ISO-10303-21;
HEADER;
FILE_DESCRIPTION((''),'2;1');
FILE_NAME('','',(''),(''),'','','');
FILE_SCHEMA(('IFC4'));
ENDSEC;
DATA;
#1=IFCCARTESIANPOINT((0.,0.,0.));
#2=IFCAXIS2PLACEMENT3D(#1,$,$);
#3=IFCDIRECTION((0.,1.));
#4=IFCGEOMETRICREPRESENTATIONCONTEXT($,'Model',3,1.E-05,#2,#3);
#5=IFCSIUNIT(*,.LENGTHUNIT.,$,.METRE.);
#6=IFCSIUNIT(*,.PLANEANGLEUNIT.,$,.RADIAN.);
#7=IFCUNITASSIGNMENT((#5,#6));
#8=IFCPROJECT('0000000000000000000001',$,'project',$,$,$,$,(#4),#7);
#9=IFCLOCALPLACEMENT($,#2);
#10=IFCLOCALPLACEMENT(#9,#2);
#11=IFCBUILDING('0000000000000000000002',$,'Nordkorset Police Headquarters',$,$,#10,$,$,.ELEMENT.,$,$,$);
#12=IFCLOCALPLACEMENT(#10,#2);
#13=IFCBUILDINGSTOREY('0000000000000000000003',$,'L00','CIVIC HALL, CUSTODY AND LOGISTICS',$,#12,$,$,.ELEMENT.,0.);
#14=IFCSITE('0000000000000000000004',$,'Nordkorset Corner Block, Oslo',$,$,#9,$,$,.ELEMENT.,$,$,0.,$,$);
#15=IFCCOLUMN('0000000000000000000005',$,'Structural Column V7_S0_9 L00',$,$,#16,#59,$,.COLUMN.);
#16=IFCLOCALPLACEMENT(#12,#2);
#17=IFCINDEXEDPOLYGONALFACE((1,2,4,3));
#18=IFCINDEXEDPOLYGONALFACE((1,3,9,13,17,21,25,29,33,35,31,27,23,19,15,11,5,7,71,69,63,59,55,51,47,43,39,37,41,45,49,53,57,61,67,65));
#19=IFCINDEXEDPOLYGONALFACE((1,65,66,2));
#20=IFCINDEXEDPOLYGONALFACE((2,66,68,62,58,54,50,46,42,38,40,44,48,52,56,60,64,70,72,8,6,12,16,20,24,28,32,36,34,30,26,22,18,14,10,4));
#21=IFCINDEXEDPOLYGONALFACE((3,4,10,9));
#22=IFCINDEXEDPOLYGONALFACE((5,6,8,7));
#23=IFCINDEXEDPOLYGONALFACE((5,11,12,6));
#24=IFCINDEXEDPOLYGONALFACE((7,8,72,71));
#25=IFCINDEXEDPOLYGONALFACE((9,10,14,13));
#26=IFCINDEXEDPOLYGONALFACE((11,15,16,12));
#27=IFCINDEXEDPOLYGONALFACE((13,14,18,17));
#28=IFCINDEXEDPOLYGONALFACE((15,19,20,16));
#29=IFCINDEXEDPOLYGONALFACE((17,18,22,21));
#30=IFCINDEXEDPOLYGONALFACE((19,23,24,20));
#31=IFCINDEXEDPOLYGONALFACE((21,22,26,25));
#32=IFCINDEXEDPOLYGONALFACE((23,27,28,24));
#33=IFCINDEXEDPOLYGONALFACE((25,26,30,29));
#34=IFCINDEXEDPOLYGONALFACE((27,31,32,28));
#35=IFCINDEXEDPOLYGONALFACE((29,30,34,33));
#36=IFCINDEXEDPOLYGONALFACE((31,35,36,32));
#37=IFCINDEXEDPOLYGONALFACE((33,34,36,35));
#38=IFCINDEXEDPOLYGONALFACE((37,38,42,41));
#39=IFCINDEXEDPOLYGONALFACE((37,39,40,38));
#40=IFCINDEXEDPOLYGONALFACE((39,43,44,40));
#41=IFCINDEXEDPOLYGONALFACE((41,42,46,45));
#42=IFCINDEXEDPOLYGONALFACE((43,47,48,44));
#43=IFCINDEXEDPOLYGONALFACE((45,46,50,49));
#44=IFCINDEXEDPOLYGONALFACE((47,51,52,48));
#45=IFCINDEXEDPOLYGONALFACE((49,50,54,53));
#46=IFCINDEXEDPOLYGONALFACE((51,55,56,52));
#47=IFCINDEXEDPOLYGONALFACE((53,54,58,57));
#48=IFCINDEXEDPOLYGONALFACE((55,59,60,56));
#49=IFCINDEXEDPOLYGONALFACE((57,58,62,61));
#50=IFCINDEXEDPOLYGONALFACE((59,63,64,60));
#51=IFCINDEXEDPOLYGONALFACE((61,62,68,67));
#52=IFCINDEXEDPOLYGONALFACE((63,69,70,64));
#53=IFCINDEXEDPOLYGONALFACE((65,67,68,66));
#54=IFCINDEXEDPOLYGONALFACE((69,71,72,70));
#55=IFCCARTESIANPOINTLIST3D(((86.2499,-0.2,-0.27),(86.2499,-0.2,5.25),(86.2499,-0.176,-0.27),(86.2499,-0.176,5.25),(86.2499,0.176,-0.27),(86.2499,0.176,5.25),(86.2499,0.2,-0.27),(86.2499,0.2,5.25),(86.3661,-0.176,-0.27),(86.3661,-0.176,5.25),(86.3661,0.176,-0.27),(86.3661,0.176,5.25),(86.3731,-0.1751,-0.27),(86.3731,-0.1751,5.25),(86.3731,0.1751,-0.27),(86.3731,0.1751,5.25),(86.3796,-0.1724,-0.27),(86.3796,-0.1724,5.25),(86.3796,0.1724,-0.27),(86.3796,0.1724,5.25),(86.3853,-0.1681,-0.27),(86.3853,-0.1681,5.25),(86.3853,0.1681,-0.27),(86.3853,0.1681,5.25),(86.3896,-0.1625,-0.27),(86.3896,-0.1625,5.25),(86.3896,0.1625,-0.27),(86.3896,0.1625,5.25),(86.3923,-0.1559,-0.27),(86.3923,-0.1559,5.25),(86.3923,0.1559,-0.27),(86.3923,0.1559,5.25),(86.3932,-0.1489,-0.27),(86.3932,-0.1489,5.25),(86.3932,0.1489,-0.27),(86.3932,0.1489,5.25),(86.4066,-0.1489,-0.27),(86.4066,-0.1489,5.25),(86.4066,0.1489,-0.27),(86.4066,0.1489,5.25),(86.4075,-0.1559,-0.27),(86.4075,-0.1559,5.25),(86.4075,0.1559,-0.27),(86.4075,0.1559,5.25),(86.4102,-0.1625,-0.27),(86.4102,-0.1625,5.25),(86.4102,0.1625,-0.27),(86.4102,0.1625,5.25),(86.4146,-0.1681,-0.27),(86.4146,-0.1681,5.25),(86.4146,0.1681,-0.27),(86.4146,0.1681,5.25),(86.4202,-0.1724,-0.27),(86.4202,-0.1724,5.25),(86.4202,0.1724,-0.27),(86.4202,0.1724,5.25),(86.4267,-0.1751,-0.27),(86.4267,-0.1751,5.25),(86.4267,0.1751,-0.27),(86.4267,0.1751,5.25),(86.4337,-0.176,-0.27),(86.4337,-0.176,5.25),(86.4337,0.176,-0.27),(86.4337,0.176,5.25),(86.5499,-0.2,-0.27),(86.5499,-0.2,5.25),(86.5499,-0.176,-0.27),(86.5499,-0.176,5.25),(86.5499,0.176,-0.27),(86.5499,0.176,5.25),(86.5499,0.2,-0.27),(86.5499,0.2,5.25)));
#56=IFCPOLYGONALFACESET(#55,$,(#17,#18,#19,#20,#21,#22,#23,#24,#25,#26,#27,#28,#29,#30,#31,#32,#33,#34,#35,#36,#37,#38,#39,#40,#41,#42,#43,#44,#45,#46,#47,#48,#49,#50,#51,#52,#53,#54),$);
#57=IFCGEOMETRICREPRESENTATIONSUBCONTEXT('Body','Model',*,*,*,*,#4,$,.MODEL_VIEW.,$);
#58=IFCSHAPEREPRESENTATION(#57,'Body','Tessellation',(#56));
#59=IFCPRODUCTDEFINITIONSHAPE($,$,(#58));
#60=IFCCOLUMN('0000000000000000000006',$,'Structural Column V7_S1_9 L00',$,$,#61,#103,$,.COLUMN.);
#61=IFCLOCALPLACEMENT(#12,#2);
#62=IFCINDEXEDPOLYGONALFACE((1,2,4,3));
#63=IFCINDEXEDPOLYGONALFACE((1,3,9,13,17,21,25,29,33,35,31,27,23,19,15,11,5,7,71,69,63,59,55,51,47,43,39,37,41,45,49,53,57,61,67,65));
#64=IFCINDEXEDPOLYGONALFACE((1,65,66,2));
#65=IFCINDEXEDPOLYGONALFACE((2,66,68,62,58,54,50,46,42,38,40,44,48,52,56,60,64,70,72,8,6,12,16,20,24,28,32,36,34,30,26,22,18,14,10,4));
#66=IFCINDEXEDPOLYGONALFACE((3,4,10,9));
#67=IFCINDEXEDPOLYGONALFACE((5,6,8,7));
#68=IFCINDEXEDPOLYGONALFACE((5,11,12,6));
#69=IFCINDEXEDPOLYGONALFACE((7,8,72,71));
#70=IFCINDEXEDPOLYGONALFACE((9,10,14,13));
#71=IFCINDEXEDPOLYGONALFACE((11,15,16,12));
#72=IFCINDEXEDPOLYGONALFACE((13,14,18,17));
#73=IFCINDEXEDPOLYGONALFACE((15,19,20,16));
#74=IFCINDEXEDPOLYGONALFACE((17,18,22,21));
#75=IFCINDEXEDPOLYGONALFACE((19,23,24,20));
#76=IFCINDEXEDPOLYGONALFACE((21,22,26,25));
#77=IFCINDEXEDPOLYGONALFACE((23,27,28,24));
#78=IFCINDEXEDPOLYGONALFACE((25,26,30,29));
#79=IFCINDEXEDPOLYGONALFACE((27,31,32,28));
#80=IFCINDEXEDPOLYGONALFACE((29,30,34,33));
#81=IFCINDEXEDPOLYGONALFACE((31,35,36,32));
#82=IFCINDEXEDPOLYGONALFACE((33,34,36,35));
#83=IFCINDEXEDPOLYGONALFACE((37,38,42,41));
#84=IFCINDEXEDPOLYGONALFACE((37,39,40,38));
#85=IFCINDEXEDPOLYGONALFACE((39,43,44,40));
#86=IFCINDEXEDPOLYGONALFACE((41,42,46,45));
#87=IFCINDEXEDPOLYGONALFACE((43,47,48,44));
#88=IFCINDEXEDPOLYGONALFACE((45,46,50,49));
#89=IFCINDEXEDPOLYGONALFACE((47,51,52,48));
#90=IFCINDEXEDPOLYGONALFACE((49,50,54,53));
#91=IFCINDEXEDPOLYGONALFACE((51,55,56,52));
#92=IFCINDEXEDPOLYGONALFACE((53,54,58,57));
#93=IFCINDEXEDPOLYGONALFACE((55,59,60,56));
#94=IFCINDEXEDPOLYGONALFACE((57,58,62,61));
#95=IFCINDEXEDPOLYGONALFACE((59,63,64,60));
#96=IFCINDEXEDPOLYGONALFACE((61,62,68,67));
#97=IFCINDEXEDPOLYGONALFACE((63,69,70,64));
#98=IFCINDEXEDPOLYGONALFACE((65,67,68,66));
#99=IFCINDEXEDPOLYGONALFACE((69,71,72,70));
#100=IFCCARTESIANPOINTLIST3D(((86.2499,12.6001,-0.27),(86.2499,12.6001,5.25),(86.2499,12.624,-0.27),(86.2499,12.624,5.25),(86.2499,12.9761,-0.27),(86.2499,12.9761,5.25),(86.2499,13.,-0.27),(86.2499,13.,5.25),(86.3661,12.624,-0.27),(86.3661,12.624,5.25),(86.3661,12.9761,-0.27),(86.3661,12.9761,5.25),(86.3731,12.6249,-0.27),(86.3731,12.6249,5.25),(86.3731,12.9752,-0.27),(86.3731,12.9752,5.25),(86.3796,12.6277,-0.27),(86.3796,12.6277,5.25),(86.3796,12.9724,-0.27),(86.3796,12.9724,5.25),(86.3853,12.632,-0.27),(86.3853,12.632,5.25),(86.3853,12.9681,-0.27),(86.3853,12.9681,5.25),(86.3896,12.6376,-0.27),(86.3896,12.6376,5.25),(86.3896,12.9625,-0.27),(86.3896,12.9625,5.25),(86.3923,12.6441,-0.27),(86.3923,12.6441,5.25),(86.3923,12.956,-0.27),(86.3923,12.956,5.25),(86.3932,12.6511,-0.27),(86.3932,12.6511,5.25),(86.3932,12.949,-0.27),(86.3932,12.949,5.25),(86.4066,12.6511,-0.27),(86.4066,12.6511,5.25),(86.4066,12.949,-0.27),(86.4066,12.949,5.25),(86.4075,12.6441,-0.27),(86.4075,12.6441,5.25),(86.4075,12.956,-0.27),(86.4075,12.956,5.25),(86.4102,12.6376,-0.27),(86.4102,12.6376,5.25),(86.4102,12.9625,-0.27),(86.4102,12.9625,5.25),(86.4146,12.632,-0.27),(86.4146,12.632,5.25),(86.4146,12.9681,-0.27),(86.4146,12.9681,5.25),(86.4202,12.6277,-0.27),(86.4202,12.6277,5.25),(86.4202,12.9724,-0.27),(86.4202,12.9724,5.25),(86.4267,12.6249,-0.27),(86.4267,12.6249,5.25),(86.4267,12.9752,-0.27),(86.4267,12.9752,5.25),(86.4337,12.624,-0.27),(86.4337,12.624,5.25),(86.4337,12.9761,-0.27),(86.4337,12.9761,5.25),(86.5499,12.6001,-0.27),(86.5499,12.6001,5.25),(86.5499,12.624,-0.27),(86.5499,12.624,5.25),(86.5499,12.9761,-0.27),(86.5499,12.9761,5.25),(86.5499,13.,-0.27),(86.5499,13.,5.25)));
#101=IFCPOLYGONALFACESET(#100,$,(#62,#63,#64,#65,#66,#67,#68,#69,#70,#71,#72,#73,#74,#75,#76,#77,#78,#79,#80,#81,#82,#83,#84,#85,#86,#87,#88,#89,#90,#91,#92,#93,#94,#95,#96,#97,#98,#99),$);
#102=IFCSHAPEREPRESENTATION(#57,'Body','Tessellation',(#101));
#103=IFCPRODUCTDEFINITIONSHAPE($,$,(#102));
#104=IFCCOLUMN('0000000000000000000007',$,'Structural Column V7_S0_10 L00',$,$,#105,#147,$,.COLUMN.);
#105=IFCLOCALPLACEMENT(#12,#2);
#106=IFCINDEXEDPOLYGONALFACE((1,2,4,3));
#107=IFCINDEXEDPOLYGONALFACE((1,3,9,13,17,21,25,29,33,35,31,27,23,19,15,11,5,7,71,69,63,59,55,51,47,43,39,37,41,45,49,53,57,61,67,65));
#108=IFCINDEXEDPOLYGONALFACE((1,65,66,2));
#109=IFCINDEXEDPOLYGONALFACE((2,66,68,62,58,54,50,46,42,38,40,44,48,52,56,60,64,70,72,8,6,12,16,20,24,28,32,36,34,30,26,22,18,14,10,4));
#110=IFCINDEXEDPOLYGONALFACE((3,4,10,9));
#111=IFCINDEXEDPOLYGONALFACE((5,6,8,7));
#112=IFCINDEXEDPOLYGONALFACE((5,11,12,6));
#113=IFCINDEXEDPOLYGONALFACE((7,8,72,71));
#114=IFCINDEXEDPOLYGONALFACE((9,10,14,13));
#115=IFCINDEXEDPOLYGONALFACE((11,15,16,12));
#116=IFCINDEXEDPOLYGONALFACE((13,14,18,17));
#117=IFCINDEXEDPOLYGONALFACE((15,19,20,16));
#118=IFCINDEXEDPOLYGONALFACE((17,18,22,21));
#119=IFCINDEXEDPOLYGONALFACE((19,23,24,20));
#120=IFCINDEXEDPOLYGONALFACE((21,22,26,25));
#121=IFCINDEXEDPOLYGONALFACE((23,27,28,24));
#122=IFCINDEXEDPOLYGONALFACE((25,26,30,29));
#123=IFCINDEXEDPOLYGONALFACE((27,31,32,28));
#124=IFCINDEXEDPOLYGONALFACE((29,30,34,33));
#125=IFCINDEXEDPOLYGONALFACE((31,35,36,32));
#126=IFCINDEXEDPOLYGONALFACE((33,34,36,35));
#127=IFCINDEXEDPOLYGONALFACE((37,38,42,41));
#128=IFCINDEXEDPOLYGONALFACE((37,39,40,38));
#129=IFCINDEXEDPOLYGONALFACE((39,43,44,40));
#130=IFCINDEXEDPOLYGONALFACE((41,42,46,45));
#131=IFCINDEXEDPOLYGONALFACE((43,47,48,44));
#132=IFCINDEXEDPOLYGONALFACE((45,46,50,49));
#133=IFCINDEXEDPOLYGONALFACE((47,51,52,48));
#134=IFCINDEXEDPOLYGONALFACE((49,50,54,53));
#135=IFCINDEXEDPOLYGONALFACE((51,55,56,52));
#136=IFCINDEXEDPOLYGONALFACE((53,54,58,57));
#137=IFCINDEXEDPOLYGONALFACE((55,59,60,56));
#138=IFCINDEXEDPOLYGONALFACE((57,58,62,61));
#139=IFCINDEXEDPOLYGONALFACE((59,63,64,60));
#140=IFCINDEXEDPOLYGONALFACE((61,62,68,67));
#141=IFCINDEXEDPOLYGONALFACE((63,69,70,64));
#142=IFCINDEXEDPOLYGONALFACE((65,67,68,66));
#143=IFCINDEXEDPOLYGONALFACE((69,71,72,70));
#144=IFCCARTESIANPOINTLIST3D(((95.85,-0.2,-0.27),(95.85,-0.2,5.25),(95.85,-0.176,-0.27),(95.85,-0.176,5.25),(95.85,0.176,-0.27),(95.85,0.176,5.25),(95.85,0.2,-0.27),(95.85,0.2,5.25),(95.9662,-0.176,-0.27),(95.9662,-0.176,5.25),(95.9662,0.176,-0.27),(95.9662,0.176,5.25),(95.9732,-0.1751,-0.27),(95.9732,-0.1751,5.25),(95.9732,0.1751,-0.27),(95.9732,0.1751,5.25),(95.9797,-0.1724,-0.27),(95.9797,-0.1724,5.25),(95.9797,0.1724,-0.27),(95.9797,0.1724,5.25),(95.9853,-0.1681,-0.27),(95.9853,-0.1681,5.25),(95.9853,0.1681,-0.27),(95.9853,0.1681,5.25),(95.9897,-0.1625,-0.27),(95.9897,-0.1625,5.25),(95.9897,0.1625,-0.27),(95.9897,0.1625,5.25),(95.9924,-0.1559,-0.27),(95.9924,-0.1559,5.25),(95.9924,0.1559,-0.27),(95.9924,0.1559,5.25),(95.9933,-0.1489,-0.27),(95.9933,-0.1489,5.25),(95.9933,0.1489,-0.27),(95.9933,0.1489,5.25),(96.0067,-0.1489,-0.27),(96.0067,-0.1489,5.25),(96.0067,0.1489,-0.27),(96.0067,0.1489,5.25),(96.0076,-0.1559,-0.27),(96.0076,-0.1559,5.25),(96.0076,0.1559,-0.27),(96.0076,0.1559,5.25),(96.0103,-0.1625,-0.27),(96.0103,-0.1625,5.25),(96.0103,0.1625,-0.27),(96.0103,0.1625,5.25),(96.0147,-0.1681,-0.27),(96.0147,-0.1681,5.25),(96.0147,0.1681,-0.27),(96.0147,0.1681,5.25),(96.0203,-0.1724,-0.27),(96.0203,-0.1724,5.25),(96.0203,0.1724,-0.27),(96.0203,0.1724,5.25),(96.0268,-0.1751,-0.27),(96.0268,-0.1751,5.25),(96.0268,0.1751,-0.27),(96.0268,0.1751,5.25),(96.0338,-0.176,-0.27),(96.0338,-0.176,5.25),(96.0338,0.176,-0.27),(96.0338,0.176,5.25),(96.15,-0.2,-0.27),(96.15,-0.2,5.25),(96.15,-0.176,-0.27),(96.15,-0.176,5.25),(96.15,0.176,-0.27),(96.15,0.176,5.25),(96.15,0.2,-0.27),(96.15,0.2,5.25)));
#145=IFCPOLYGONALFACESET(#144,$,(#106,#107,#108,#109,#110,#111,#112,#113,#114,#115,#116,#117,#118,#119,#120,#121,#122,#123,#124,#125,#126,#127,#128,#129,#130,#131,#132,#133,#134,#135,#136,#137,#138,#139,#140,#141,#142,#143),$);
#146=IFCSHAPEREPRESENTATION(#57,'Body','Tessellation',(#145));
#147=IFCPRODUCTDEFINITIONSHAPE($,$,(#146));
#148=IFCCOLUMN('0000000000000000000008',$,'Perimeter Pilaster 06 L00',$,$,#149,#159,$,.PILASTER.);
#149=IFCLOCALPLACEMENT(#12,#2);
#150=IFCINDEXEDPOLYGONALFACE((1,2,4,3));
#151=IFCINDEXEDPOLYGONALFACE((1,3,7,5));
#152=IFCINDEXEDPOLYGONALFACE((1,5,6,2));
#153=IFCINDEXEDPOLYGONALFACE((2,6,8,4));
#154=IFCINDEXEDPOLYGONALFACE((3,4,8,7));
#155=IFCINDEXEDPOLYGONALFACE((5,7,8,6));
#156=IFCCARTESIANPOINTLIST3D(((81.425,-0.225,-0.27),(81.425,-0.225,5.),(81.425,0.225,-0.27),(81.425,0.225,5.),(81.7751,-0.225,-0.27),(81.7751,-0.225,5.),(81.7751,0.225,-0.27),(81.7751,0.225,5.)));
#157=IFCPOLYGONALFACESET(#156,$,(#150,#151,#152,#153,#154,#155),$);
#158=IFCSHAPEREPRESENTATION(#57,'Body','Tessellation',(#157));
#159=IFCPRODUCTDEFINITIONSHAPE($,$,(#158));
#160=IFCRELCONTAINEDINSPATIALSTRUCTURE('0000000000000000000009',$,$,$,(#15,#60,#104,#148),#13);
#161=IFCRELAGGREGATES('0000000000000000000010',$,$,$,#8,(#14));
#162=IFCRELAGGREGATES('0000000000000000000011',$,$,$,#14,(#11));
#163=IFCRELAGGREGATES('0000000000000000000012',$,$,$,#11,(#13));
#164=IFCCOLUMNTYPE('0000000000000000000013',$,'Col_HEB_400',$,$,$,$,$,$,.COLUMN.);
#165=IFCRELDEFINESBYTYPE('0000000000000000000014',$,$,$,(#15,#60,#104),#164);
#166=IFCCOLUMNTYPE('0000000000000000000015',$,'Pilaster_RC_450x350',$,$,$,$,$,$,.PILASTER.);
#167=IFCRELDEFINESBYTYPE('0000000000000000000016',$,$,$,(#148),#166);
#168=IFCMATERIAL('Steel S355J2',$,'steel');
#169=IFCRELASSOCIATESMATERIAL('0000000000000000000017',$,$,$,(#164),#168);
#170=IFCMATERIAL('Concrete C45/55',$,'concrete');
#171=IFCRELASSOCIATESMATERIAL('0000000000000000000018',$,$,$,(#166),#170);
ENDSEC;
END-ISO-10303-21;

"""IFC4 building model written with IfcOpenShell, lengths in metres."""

from ifc_helpers import new_model, si_unit, direction, frame, origin, origin_2d, place, context, subcontext, project, spatial, rectangle, i_section, extrude, material, material_profile, profile_set, type_object, element, save


model = new_model("IFC4")

# Units and contexts
model_context = context("Model", 3, precision=1e-05, world=origin(), true_north=direction((0.0, 1.0)))
body_context = subcontext(model_context, "Body", "Model", "MODEL_VIEW")
ifc_project = project(units=[si_unit("LENGTHUNIT", "METRE"), si_unit("PLANEANGLEUNIT", "RADIAN")], contexts=[model_context])

# Site, building, storey
site_placement = place(None, origin())
site = spatial("IfcSite", under=ifc_project, at=site_placement, Name="Nordkorset Corner Block, Oslo", CompositionType="ELEMENT", RefElevation=0.0)
building_placement = place(site_placement, origin())
building = spatial("IfcBuilding", under=site, at=building_placement, Name="Nordkorset Police Headquarters", CompositionType="ELEMENT")
storey_placement = place(building_placement, origin())
storey = spatial("IfcBuildingStorey", under=building, at=storey_placement, Name="L00", Description="CIVIC HALL, CUSTODY AND LOGISTICS", CompositionType="ELEMENT", Elevation=0.0)

# Columns
ifc_material_1 = material(Name="Steel S355J2", Category="steel")
ifc_material_profile_1 = material_profile(ifc_material_1, i_section(OverallWidth=0.3, OverallDepth=0.3999, WebThickness=0.0134, FlangeThickness=0.0239, FilletRadius=0.0271, at=origin_2d()), Name="HEB 400")
ifc_profile_set_1 = profile_set([ifc_material_profile_1], Name="Steel S355J2")
column_type_1 = type_object("IfcColumnType", Name="Col_HEB_400", PredefinedType="COLUMN", material=ifc_profile_set_1)
for number, where, z_axis, x_axis, name in (
    (1, (86.3999, 0.0, -0.27), (0.0, 0.0, 1.0), (1.0, 0.0, 0.0), "Structural Column V7_S0_9 L00"),
    (2, (86.3999, 12.8, -0.27), (0.0, 0.0, 1.0), (1.0, 0.0, 0.0), "Structural Column V7_S1_9 L00"),
    (3, (96.0, 0.0, -0.27), (0.0, 0.0, 1.0), (1.0, 0.0, 0.0), "Structural Column V7_S0_10 L00"),
):
    element("IfcColumn", number, at=place(storey_placement, frame(where, z_axis=z_axis, x_axis=x_axis)), inside=storey, type_object=column_type_1, Name=name, PredefinedType="COLUMN", context=body_context, shape_type="SweptSolid", body=[
        extrude(i_section(OverallWidth=0.3, OverallDepth=0.3999, WebThickness=0.0134, FlangeThickness=0.0239, FilletRadius=0.0271, at=origin_2d()), origin(), (0.0, 0.0, 1.0), 5.52),
    ])
ifc_material_2 = material(Name="Concrete C45/55", Category="concrete")
ifc_material_profile_2 = material_profile(ifc_material_2, rectangle(XDim=0.3501, YDim=0.45, at=origin_2d()), Name="RC 450x350")
ifc_profile_set_2 = profile_set([ifc_material_profile_2], Name="Concrete C45/55")
column_type_2 = type_object("IfcColumnType", Name="Pilaster_RC_450x350", PredefinedType="PILASTER", material=ifc_profile_set_2)
column_placement = place(storey_placement, frame((81.6001, 0.0, -0.27), z_axis=(0.0, 0.0, 1.0), x_axis=(1.0, 0.0, 0.0)))
element("IfcColumn", 4, at=column_placement, inside=storey, type_object=column_type_2, Name="Perimeter Pilaster 06 L00", PredefinedType="PILASTER", context=body_context, shape_type="SweptSolid", body=[
    extrude(rectangle(XDim=0.3501, YDim=0.45, at=origin_2d()), origin(), (0.0, 0.0, 1.0), 5.27),
])

save(model, "model.ifc")
